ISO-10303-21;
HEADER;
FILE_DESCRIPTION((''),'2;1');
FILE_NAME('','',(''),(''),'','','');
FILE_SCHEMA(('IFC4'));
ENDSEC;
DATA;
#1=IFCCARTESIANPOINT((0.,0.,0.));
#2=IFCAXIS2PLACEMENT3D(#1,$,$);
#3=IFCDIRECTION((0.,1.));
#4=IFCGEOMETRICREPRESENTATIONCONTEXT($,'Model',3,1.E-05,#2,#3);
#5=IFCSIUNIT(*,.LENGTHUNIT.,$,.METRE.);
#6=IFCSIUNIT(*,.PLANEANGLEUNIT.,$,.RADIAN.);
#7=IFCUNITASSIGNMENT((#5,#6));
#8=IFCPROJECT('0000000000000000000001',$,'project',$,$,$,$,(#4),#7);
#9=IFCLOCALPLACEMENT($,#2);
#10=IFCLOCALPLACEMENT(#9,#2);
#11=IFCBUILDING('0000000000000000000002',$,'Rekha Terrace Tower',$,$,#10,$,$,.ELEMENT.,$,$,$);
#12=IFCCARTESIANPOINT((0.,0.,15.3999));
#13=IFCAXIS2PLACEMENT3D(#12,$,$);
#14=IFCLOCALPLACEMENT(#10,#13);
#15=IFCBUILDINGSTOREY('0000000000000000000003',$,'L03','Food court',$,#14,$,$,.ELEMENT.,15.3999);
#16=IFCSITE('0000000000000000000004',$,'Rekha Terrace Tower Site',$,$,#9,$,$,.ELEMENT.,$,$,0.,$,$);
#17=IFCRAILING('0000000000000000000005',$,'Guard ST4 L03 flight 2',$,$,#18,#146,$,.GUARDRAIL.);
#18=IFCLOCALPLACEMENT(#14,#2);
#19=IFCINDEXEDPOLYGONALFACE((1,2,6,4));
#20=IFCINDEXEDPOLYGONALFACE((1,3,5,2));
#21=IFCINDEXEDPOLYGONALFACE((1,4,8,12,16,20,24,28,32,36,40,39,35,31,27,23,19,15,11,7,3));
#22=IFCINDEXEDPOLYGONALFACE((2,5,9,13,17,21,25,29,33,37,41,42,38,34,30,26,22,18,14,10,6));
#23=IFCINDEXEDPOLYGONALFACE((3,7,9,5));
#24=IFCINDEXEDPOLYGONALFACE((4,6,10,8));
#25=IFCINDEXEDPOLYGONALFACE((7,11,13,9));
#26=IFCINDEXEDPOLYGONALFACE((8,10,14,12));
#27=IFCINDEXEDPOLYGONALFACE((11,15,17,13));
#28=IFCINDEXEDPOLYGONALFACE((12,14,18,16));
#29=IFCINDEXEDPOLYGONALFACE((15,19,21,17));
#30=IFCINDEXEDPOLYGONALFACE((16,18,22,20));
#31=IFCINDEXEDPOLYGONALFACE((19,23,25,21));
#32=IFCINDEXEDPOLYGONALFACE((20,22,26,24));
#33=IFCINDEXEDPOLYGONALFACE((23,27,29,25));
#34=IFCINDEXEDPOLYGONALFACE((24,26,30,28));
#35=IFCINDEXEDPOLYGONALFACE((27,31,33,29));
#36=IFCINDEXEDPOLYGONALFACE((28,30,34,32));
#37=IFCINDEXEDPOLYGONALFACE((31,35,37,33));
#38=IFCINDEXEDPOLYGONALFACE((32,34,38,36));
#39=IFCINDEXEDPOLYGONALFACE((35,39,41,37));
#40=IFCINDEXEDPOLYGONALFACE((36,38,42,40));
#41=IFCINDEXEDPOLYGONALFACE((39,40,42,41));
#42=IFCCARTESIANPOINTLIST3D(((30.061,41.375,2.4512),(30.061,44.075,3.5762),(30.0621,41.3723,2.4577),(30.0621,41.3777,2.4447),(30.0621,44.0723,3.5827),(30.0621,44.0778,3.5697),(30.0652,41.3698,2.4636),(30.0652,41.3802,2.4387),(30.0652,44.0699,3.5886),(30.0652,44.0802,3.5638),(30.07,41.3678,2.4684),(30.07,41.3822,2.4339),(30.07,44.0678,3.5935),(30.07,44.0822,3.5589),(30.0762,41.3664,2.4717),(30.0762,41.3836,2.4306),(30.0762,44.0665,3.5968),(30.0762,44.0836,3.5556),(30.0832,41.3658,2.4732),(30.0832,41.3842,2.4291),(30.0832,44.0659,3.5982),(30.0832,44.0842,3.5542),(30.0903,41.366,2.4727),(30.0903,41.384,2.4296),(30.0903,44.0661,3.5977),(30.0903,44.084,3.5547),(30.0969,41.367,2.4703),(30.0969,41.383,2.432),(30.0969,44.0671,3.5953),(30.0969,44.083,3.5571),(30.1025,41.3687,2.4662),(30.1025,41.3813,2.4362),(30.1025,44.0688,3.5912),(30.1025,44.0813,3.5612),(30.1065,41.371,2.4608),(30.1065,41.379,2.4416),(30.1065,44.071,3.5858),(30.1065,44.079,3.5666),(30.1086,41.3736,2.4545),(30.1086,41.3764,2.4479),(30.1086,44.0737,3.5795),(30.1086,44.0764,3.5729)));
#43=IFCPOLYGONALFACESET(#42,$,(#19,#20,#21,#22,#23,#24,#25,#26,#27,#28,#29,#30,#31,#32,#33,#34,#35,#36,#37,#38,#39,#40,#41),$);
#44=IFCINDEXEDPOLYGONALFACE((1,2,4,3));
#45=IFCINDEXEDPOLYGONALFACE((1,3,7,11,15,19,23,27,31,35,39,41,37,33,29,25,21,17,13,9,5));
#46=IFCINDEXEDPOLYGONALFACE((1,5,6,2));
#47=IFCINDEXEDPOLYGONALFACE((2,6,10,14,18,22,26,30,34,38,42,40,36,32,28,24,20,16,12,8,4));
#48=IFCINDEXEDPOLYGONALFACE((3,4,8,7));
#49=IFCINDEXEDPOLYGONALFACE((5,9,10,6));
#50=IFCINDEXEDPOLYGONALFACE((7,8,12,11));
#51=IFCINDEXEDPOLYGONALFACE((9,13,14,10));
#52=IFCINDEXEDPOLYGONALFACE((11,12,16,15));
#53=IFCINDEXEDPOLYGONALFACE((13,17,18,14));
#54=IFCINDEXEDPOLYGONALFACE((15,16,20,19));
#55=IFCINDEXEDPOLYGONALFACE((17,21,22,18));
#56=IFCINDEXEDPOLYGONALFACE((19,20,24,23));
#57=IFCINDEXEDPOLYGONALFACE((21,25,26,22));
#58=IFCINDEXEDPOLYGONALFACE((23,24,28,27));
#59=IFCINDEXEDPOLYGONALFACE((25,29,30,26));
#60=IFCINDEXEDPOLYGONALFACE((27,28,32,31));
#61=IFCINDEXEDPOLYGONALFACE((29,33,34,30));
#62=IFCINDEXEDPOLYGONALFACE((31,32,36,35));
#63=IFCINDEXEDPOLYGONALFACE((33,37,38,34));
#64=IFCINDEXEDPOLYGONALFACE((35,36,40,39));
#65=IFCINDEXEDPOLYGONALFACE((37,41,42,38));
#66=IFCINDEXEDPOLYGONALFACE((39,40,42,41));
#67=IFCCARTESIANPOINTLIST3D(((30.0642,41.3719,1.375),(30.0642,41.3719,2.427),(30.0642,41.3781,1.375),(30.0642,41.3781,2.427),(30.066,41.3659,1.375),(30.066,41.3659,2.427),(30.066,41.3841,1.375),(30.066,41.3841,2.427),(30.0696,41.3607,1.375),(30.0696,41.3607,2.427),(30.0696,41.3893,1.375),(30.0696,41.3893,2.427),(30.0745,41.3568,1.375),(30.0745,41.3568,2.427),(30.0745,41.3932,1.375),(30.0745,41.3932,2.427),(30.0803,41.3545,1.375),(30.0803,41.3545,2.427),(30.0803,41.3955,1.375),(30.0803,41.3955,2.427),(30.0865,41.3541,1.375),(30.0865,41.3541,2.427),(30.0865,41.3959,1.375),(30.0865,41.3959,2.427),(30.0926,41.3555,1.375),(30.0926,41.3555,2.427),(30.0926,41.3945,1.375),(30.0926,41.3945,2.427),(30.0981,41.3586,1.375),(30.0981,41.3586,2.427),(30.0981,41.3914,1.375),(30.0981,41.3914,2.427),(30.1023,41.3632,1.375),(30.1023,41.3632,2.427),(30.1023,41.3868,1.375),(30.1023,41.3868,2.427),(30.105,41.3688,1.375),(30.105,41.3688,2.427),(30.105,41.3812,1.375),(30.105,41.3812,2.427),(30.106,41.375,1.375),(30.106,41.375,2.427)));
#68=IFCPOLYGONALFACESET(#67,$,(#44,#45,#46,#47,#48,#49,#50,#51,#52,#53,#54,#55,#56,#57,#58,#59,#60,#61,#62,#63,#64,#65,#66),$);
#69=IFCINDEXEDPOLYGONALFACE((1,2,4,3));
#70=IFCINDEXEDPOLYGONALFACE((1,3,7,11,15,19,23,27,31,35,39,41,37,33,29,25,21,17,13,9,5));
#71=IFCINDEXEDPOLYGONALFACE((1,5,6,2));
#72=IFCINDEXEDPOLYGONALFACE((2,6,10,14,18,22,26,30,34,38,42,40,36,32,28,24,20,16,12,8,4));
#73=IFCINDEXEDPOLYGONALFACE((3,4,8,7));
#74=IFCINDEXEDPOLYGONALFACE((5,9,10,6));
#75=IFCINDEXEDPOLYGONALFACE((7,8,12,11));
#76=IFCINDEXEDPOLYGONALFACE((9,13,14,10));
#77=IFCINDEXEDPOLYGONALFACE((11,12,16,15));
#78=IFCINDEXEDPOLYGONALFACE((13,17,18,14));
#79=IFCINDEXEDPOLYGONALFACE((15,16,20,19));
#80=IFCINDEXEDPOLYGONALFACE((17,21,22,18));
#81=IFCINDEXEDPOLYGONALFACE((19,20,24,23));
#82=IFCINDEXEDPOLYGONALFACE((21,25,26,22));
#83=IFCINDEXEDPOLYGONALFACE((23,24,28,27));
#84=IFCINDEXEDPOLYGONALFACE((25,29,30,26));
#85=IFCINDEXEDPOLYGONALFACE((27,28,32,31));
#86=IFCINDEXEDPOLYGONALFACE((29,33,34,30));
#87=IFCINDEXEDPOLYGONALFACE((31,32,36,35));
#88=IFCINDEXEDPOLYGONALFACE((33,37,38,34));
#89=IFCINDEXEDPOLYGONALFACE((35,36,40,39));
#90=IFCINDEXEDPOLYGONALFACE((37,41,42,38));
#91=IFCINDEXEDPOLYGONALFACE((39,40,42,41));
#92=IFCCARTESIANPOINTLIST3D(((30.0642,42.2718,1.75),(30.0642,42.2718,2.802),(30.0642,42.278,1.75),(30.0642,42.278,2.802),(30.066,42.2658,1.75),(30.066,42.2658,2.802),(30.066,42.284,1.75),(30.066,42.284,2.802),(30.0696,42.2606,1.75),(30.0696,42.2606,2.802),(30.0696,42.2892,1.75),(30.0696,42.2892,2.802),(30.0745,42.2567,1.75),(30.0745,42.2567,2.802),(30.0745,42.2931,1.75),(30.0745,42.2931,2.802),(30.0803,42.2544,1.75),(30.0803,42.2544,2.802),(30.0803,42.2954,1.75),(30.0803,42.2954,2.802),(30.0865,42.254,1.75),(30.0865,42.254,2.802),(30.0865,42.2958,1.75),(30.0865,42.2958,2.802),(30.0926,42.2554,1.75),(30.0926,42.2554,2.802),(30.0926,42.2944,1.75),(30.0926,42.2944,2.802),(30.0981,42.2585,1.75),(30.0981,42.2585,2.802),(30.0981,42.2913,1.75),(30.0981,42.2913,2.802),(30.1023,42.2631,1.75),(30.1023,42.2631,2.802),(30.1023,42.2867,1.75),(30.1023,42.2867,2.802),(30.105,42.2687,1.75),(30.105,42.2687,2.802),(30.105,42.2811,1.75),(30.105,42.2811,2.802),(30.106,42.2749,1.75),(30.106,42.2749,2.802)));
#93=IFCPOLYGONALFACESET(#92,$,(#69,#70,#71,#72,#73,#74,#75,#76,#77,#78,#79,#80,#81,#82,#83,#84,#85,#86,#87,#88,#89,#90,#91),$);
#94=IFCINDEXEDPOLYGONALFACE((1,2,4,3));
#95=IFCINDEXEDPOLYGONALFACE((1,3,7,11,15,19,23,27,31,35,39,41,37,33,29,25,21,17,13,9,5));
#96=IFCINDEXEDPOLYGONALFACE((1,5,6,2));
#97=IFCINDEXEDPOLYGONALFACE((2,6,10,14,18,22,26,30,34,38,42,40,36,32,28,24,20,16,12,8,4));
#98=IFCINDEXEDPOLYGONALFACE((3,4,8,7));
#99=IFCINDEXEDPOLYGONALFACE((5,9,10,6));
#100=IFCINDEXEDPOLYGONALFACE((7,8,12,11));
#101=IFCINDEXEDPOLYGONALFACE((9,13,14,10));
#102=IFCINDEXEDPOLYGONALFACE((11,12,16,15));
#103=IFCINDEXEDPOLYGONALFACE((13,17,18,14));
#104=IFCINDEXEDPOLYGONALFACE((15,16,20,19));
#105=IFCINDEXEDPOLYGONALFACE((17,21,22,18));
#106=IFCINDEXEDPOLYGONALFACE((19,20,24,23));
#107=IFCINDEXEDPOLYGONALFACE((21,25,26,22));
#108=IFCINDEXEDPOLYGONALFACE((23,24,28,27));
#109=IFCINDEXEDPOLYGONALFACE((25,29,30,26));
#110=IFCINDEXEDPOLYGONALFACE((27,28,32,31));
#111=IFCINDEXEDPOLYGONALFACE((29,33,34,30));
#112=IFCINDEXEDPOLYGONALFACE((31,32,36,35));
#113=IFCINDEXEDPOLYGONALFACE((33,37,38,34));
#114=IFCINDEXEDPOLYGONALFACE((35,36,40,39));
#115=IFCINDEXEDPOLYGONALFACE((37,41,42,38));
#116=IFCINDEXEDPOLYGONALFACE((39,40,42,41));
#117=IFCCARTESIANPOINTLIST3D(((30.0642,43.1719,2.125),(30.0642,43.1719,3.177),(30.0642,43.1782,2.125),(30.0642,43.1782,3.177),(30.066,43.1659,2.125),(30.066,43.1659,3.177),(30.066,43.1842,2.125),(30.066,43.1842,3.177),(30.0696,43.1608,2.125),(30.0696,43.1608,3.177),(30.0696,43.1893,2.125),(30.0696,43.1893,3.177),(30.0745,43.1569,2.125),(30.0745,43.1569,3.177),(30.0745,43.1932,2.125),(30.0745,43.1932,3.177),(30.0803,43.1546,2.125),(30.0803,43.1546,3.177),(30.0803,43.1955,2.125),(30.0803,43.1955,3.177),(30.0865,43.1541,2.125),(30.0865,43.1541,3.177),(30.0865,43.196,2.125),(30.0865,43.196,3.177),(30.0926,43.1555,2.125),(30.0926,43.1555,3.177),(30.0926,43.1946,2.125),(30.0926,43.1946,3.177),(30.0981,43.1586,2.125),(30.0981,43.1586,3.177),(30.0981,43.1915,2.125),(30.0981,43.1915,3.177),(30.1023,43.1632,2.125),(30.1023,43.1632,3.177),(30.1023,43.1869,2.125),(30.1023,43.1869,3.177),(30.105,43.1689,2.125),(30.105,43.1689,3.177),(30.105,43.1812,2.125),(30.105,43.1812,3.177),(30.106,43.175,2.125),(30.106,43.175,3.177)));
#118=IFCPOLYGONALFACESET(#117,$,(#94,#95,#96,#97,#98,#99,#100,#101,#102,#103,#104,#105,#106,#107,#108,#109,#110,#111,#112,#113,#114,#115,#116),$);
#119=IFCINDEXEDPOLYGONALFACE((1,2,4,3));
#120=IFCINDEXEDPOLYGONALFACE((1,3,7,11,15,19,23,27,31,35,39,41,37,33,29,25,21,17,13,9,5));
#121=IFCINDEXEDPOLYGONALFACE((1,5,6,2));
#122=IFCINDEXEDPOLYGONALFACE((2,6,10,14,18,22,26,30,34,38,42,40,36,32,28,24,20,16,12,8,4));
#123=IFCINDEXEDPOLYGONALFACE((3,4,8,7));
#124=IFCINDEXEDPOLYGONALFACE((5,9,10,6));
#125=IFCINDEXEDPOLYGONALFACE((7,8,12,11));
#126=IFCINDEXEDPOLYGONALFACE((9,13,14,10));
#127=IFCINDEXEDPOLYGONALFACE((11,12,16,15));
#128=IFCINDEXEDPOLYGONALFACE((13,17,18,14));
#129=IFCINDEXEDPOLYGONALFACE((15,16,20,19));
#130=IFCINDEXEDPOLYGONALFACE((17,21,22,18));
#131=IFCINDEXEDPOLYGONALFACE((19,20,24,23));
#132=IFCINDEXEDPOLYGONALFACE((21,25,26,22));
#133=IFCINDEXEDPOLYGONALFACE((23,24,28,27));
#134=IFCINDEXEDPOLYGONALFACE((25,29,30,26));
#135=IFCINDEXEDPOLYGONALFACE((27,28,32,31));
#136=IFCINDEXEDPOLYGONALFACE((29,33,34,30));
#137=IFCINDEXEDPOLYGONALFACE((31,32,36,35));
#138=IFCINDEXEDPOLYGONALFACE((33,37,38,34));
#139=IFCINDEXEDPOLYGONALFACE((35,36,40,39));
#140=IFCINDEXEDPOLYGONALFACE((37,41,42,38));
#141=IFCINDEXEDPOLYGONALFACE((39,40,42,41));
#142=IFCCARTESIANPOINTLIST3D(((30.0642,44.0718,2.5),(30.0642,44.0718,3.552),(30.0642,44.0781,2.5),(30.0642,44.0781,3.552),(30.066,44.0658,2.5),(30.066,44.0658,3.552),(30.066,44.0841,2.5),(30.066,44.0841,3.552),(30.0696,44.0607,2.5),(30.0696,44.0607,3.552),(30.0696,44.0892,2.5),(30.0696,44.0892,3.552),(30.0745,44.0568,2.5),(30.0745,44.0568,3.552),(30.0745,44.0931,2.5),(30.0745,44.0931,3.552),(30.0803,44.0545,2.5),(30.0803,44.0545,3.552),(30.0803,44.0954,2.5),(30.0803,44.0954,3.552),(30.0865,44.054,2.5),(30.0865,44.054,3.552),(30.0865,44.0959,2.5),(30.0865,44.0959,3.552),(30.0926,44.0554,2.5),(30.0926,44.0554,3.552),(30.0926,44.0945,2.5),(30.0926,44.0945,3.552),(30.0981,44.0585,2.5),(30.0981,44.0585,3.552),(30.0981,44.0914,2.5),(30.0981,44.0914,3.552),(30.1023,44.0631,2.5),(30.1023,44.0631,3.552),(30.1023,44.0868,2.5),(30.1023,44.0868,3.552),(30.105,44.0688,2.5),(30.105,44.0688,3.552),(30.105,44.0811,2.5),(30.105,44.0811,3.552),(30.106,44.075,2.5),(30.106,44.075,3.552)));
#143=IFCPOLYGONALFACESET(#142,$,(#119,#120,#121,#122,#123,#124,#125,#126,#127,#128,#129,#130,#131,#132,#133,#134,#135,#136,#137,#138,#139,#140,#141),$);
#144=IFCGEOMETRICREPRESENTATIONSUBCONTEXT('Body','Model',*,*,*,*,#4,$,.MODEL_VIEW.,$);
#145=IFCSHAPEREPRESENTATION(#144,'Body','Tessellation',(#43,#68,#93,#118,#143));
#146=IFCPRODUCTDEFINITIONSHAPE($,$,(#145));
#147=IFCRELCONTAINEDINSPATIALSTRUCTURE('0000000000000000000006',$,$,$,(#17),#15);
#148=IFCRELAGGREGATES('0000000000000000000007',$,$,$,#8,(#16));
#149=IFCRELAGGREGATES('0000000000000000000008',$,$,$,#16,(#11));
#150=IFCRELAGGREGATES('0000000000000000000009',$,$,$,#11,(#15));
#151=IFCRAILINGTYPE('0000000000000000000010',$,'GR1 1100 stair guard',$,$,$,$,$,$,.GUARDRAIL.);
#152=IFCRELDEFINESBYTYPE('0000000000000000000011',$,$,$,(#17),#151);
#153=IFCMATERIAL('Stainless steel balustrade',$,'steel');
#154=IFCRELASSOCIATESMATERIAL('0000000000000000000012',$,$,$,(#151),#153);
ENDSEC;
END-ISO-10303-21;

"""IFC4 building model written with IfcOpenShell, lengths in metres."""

from ifc_helpers import new_model, si_unit, direction, frame, origin, origin_2d, place, context, subcontext, project, spatial, circle, extrude, material, type_object, element, save


model = new_model("IFC4")

# Units and contexts
model_context = context("Model", 3, precision=1e-05, world=origin(), true_north=direction((0.0, 1.0)))
body_context = subcontext(model_context, "Body", "Model", "MODEL_VIEW")
ifc_project = project(units=[si_unit("LENGTHUNIT", "METRE"), si_unit("PLANEANGLEUNIT", "RADIAN")], contexts=[model_context])

# Site, building, storey
site_placement = place(None, origin())
site = spatial("IfcSite", under=ifc_project, at=site_placement, Name="Rekha Terrace Tower Site", CompositionType="ELEMENT", RefElevation=0.0)
building_placement = place(site_placement, origin())
building = spatial("IfcBuilding", under=site, at=building_placement, Name="Rekha Terrace Tower", CompositionType="ELEMENT")
storey_placement = place(building_placement, frame((0.0, 0.0, 15.3999)))
storey = spatial("IfcBuildingStorey", under=building, at=storey_placement, Name="L03", Description="Food court", CompositionType="ELEMENT", Elevation=15.3999)

# Railing
ifc_material_1 = material(Name="Stainless steel balustrade", Category="steel")
railing_type_1 = type_object("IfcRailingType", Name="GR1 1100 stair guard", PredefinedType="GUARDRAIL", material=ifc_material_1)
railing_1_placement = place(storey_placement, frame((30.085, 41.375, 1.375)))
element("IfcRailing", 1, at=railing_1_placement, inside=storey, type_object=railing_type_1, Name="Guard ST4 L03 flight 2", PredefinedType="GUARDRAIL", context=body_context, shape_type="SweptSolid", body=[
    extrude(circle(Radius=0.0239, at=origin_2d()), frame((0.0, 0.0, 1.0762), z_axis=(0.0, 0.923074, 0.384621), x_axis=(-1.0, 0.0, 0.0)), (0.0, 0.0, 1.0), 2.925),
    extrude(circle(Radius=0.021, at=origin_2d()), origin(), (0.0, 0.0, 1.0), 1.052),
    extrude(circle(Radius=0.021, at=origin_2d()), frame((0.0, 0.8999, 0.375)), (0.0, 0.0, 1.0), 1.052),
    extrude(circle(Radius=0.021, at=origin_2d()), frame((0.0, 1.8, 0.75)), (0.0, 0.0, 1.0), 1.052),
    extrude(circle(Radius=0.021, at=origin_2d()), frame((0.0, 2.7, 1.125)), (0.0, 0.0, 1.0), 1.052),
])

save(model, "model.ifc")
